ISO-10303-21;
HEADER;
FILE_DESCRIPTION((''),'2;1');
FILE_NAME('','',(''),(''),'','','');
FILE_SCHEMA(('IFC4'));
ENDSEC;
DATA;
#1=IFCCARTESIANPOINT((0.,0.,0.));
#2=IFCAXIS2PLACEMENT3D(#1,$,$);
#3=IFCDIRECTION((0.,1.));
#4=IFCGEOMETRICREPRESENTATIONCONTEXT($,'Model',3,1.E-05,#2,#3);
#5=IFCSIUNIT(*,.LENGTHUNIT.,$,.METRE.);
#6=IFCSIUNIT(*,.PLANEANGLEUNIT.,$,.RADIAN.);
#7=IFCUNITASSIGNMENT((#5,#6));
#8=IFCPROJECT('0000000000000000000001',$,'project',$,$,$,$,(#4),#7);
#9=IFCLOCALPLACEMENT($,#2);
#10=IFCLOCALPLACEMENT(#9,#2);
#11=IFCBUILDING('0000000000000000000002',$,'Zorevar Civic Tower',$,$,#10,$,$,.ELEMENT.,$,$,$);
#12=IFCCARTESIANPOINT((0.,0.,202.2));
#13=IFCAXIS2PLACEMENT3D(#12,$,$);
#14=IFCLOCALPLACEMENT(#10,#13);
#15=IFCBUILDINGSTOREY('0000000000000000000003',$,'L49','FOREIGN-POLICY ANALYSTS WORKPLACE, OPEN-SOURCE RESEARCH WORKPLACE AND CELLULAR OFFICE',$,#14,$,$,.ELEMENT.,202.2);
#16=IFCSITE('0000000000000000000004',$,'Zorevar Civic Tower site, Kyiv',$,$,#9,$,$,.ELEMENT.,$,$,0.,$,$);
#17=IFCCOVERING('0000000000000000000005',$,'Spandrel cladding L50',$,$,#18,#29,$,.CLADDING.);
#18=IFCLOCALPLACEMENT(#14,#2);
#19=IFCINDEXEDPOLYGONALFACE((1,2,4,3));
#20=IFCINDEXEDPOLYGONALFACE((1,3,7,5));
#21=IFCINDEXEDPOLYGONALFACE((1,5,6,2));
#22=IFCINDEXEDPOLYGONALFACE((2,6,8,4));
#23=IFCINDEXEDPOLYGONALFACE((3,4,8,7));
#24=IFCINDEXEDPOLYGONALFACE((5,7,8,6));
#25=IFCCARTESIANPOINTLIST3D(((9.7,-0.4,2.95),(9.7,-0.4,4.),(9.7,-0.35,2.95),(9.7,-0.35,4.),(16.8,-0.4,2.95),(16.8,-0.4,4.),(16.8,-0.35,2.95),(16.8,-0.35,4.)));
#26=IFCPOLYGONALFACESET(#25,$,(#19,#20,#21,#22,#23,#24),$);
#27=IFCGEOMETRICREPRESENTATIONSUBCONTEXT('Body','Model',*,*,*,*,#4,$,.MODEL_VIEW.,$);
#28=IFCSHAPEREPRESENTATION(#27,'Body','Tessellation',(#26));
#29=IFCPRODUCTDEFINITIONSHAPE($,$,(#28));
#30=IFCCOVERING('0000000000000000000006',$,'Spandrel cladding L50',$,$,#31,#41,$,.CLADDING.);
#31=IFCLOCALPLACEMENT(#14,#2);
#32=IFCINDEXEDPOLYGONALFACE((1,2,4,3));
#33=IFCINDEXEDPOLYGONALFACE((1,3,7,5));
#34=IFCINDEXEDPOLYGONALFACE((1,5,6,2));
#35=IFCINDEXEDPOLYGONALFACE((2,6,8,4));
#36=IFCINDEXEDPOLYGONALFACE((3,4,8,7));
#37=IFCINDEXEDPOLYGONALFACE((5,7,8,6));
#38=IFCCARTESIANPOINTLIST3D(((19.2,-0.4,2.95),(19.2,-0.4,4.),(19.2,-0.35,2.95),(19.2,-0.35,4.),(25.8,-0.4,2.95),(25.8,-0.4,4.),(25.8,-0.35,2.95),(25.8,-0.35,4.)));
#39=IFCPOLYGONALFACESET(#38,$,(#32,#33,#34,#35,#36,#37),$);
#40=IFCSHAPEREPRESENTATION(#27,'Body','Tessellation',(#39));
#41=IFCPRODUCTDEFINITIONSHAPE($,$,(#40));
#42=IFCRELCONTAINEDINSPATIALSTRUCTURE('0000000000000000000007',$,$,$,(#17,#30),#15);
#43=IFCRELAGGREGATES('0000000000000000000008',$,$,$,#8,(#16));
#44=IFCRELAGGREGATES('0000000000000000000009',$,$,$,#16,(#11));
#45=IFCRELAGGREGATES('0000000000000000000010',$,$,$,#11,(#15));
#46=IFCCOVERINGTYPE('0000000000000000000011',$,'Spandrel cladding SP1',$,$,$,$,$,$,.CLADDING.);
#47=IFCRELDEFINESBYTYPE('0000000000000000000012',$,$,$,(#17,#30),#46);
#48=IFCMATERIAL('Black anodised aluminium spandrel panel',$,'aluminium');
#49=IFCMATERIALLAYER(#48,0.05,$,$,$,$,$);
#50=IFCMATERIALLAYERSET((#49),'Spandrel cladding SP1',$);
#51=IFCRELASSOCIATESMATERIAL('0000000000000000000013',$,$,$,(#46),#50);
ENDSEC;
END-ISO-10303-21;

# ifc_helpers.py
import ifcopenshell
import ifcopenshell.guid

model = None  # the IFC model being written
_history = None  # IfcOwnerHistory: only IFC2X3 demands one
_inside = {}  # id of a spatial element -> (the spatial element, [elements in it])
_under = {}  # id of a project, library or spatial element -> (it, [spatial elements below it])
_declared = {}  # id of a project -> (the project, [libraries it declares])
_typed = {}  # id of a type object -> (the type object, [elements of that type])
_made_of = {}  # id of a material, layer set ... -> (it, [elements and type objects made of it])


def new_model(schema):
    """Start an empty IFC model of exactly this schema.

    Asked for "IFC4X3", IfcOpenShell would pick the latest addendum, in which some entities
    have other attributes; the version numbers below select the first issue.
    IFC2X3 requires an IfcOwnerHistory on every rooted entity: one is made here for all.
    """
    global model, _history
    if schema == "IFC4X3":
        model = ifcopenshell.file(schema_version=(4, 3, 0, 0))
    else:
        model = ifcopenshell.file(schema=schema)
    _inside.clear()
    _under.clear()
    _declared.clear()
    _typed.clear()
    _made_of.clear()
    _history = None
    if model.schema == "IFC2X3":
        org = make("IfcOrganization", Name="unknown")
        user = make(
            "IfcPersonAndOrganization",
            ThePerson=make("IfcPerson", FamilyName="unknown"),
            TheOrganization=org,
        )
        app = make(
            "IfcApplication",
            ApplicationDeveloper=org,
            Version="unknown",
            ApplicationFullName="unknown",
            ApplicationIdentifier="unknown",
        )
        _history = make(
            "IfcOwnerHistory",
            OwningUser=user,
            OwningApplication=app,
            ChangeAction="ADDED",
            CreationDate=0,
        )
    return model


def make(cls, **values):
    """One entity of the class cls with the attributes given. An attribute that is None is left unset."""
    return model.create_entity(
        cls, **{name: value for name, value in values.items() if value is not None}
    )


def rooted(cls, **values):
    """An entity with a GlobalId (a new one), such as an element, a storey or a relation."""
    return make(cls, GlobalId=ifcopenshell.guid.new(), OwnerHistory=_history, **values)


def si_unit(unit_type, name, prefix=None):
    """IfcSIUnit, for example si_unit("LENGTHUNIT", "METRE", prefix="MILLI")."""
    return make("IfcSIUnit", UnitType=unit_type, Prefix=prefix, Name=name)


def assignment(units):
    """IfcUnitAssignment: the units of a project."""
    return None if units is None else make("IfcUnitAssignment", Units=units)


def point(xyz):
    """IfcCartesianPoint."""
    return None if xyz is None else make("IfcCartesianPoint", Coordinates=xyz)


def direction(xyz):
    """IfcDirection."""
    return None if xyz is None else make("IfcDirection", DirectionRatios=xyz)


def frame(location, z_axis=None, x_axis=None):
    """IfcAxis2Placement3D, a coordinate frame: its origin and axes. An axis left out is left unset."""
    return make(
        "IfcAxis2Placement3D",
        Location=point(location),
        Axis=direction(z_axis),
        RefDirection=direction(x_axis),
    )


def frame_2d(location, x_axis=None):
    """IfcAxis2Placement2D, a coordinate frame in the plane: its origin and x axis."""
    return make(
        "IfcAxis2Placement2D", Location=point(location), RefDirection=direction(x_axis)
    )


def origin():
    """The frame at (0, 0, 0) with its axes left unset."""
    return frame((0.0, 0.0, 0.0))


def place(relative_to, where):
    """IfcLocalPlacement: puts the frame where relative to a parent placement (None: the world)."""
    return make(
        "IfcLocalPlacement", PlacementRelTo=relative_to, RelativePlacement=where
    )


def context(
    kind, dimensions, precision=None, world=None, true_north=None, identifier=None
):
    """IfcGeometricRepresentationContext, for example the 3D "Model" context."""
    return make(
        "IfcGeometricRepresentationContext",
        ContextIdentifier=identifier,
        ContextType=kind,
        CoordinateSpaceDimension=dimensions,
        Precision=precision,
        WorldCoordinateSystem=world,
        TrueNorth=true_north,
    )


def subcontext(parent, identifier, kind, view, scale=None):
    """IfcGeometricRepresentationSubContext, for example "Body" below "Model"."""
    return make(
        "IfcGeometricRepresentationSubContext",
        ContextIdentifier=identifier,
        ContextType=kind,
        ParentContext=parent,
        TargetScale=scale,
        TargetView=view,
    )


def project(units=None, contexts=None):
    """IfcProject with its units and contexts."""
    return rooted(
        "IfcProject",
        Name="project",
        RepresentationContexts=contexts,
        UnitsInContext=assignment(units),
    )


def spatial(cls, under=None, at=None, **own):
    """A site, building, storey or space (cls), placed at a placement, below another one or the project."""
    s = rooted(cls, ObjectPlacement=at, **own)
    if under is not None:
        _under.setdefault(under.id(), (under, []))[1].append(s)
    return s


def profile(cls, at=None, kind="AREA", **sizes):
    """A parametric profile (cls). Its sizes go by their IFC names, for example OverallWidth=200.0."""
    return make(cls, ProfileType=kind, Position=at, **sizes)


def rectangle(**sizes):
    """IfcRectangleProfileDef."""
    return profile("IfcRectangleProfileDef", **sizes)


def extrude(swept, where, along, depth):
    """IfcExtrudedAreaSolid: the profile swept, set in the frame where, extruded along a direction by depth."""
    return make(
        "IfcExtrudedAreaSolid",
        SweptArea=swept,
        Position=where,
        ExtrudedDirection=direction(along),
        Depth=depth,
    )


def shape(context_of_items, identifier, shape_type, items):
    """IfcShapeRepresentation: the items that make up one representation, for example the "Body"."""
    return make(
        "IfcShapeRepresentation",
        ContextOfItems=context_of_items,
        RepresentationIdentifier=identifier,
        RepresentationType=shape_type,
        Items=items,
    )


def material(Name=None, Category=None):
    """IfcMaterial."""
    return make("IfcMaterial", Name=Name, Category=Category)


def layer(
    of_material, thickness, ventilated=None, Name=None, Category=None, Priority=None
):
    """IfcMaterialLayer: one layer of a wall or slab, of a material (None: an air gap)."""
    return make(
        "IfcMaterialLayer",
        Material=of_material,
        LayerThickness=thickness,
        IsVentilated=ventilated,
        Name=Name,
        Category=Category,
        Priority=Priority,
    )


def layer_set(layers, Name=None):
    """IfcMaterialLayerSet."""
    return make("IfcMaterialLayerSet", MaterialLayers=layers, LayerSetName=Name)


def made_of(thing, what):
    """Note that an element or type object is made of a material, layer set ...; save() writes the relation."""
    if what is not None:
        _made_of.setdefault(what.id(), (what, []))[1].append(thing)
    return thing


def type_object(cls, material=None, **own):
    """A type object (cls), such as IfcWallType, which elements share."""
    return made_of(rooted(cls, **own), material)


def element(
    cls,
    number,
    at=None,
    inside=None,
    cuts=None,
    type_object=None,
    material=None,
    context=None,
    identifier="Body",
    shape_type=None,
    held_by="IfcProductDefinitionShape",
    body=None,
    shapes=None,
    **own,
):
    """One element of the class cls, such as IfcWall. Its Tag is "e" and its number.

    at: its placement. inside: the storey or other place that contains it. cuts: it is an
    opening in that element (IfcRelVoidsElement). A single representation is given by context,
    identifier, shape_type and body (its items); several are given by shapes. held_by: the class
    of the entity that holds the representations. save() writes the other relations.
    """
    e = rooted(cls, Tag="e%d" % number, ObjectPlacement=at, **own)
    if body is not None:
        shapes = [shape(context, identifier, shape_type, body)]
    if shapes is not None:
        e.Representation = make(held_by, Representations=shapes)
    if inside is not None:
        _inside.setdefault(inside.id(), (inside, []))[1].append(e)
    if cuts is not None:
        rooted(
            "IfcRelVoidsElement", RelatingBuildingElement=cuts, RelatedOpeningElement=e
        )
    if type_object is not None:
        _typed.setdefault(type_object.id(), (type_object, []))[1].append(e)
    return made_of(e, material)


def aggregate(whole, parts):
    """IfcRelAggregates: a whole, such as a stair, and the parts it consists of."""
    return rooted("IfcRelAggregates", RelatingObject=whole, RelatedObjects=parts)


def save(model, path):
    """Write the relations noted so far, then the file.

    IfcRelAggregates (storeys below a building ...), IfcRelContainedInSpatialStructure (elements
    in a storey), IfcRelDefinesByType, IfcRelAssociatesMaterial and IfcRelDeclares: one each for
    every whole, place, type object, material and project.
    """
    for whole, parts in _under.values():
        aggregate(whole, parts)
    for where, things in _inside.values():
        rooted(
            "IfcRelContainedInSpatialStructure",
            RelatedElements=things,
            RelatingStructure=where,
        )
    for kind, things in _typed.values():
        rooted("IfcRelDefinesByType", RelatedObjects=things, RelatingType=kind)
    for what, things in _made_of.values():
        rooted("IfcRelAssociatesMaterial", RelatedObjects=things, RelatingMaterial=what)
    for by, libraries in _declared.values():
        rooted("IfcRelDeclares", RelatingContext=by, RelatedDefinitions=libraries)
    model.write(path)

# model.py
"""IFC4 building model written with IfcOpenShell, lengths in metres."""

from ifc_helpers import new_model, si_unit, direction, frame, frame_2d, origin, place, context, subcontext, project, spatial, rectangle, extrude, material, layer, layer_set, type_object, element, save


model = new_model("IFC4")

# Units and contexts
model_context = context("Model", 3, precision=1e-05, world=origin(), true_north=direction((0.0, 1.0)))
body_context = subcontext(model_context, "Body", "Model", "MODEL_VIEW")
ifc_project = project(units=[si_unit("LENGTHUNIT", "METRE"), si_unit("PLANEANGLEUNIT", "RADIAN")], contexts=[model_context])

# Site, building, storey
site_placement = place(None, origin())
site = spatial("IfcSite", under=ifc_project, at=site_placement, Name="Zorevar Civic Tower site, Kyiv", CompositionType="ELEMENT", RefElevation=0.0)
building_placement = place(site_placement, origin())
building = spatial("IfcBuilding", under=site, at=building_placement, Name="Zorevar Civic Tower", CompositionType="ELEMENT")
storey_placement = place(building_placement, frame((0.0, 0.0, 202.2)))
storey = spatial("IfcBuildingStorey", under=building, at=storey_placement, Name="L49", Description="FOREIGN-POLICY ANALYSTS WORKPLACE, OPEN-SOURCE RESEARCH WORKPLACE AND CELLULAR OFFICE", CompositionType="ELEMENT", Elevation=202.2)

# Coverings
ifc_material_1 = material(Name="Black anodised aluminium spandrel panel", Category="aluminium")
ifc_layer_1 = layer(ifc_material_1, 0.05)
ifc_layer_set_1 = layer_set([ifc_layer_1], Name="Spandrel cladding SP1")
covering_type = type_object("IfcCoveringType", Name="Spandrel cladding SP1", PredefinedType="CLADDING", material=ifc_layer_set_1)
covering_1_placement = place(storey_placement, frame((9.7, -0.375, 2.95), z_axis=(0.0, 0.0, 1.0), x_axis=(1.0, 0.0, 0.0)))
element("IfcCovering", 1, at=covering_1_placement, inside=storey, type_object=covering_type, Name="Spandrel cladding L50", PredefinedType="CLADDING", context=body_context, shape_type="SweptSolid", body=[
    extrude(rectangle(XDim=7.1001, YDim=0.05, at=frame_2d((3.55, 0.0))), origin(), (0.0, 0.0, 1.0), 1.05),
])
covering_2_placement = place(storey_placement, frame((19.2, -0.375, 2.95), z_axis=(0.0, 0.0, 1.0), x_axis=(1.0, 0.0, 0.0)))
element("IfcCovering", 2, at=covering_2_placement, inside=storey, type_object=covering_type, Name="Spandrel cladding L50", PredefinedType="CLADDING", context=body_context, shape_type="SweptSolid", body=[
    extrude(rectangle(XDim=6.6001, YDim=0.05, at=frame_2d((3.3, 0.0))), origin(), (0.0, 0.0, 1.0), 1.05),
])

save(model, "model.ifc")
